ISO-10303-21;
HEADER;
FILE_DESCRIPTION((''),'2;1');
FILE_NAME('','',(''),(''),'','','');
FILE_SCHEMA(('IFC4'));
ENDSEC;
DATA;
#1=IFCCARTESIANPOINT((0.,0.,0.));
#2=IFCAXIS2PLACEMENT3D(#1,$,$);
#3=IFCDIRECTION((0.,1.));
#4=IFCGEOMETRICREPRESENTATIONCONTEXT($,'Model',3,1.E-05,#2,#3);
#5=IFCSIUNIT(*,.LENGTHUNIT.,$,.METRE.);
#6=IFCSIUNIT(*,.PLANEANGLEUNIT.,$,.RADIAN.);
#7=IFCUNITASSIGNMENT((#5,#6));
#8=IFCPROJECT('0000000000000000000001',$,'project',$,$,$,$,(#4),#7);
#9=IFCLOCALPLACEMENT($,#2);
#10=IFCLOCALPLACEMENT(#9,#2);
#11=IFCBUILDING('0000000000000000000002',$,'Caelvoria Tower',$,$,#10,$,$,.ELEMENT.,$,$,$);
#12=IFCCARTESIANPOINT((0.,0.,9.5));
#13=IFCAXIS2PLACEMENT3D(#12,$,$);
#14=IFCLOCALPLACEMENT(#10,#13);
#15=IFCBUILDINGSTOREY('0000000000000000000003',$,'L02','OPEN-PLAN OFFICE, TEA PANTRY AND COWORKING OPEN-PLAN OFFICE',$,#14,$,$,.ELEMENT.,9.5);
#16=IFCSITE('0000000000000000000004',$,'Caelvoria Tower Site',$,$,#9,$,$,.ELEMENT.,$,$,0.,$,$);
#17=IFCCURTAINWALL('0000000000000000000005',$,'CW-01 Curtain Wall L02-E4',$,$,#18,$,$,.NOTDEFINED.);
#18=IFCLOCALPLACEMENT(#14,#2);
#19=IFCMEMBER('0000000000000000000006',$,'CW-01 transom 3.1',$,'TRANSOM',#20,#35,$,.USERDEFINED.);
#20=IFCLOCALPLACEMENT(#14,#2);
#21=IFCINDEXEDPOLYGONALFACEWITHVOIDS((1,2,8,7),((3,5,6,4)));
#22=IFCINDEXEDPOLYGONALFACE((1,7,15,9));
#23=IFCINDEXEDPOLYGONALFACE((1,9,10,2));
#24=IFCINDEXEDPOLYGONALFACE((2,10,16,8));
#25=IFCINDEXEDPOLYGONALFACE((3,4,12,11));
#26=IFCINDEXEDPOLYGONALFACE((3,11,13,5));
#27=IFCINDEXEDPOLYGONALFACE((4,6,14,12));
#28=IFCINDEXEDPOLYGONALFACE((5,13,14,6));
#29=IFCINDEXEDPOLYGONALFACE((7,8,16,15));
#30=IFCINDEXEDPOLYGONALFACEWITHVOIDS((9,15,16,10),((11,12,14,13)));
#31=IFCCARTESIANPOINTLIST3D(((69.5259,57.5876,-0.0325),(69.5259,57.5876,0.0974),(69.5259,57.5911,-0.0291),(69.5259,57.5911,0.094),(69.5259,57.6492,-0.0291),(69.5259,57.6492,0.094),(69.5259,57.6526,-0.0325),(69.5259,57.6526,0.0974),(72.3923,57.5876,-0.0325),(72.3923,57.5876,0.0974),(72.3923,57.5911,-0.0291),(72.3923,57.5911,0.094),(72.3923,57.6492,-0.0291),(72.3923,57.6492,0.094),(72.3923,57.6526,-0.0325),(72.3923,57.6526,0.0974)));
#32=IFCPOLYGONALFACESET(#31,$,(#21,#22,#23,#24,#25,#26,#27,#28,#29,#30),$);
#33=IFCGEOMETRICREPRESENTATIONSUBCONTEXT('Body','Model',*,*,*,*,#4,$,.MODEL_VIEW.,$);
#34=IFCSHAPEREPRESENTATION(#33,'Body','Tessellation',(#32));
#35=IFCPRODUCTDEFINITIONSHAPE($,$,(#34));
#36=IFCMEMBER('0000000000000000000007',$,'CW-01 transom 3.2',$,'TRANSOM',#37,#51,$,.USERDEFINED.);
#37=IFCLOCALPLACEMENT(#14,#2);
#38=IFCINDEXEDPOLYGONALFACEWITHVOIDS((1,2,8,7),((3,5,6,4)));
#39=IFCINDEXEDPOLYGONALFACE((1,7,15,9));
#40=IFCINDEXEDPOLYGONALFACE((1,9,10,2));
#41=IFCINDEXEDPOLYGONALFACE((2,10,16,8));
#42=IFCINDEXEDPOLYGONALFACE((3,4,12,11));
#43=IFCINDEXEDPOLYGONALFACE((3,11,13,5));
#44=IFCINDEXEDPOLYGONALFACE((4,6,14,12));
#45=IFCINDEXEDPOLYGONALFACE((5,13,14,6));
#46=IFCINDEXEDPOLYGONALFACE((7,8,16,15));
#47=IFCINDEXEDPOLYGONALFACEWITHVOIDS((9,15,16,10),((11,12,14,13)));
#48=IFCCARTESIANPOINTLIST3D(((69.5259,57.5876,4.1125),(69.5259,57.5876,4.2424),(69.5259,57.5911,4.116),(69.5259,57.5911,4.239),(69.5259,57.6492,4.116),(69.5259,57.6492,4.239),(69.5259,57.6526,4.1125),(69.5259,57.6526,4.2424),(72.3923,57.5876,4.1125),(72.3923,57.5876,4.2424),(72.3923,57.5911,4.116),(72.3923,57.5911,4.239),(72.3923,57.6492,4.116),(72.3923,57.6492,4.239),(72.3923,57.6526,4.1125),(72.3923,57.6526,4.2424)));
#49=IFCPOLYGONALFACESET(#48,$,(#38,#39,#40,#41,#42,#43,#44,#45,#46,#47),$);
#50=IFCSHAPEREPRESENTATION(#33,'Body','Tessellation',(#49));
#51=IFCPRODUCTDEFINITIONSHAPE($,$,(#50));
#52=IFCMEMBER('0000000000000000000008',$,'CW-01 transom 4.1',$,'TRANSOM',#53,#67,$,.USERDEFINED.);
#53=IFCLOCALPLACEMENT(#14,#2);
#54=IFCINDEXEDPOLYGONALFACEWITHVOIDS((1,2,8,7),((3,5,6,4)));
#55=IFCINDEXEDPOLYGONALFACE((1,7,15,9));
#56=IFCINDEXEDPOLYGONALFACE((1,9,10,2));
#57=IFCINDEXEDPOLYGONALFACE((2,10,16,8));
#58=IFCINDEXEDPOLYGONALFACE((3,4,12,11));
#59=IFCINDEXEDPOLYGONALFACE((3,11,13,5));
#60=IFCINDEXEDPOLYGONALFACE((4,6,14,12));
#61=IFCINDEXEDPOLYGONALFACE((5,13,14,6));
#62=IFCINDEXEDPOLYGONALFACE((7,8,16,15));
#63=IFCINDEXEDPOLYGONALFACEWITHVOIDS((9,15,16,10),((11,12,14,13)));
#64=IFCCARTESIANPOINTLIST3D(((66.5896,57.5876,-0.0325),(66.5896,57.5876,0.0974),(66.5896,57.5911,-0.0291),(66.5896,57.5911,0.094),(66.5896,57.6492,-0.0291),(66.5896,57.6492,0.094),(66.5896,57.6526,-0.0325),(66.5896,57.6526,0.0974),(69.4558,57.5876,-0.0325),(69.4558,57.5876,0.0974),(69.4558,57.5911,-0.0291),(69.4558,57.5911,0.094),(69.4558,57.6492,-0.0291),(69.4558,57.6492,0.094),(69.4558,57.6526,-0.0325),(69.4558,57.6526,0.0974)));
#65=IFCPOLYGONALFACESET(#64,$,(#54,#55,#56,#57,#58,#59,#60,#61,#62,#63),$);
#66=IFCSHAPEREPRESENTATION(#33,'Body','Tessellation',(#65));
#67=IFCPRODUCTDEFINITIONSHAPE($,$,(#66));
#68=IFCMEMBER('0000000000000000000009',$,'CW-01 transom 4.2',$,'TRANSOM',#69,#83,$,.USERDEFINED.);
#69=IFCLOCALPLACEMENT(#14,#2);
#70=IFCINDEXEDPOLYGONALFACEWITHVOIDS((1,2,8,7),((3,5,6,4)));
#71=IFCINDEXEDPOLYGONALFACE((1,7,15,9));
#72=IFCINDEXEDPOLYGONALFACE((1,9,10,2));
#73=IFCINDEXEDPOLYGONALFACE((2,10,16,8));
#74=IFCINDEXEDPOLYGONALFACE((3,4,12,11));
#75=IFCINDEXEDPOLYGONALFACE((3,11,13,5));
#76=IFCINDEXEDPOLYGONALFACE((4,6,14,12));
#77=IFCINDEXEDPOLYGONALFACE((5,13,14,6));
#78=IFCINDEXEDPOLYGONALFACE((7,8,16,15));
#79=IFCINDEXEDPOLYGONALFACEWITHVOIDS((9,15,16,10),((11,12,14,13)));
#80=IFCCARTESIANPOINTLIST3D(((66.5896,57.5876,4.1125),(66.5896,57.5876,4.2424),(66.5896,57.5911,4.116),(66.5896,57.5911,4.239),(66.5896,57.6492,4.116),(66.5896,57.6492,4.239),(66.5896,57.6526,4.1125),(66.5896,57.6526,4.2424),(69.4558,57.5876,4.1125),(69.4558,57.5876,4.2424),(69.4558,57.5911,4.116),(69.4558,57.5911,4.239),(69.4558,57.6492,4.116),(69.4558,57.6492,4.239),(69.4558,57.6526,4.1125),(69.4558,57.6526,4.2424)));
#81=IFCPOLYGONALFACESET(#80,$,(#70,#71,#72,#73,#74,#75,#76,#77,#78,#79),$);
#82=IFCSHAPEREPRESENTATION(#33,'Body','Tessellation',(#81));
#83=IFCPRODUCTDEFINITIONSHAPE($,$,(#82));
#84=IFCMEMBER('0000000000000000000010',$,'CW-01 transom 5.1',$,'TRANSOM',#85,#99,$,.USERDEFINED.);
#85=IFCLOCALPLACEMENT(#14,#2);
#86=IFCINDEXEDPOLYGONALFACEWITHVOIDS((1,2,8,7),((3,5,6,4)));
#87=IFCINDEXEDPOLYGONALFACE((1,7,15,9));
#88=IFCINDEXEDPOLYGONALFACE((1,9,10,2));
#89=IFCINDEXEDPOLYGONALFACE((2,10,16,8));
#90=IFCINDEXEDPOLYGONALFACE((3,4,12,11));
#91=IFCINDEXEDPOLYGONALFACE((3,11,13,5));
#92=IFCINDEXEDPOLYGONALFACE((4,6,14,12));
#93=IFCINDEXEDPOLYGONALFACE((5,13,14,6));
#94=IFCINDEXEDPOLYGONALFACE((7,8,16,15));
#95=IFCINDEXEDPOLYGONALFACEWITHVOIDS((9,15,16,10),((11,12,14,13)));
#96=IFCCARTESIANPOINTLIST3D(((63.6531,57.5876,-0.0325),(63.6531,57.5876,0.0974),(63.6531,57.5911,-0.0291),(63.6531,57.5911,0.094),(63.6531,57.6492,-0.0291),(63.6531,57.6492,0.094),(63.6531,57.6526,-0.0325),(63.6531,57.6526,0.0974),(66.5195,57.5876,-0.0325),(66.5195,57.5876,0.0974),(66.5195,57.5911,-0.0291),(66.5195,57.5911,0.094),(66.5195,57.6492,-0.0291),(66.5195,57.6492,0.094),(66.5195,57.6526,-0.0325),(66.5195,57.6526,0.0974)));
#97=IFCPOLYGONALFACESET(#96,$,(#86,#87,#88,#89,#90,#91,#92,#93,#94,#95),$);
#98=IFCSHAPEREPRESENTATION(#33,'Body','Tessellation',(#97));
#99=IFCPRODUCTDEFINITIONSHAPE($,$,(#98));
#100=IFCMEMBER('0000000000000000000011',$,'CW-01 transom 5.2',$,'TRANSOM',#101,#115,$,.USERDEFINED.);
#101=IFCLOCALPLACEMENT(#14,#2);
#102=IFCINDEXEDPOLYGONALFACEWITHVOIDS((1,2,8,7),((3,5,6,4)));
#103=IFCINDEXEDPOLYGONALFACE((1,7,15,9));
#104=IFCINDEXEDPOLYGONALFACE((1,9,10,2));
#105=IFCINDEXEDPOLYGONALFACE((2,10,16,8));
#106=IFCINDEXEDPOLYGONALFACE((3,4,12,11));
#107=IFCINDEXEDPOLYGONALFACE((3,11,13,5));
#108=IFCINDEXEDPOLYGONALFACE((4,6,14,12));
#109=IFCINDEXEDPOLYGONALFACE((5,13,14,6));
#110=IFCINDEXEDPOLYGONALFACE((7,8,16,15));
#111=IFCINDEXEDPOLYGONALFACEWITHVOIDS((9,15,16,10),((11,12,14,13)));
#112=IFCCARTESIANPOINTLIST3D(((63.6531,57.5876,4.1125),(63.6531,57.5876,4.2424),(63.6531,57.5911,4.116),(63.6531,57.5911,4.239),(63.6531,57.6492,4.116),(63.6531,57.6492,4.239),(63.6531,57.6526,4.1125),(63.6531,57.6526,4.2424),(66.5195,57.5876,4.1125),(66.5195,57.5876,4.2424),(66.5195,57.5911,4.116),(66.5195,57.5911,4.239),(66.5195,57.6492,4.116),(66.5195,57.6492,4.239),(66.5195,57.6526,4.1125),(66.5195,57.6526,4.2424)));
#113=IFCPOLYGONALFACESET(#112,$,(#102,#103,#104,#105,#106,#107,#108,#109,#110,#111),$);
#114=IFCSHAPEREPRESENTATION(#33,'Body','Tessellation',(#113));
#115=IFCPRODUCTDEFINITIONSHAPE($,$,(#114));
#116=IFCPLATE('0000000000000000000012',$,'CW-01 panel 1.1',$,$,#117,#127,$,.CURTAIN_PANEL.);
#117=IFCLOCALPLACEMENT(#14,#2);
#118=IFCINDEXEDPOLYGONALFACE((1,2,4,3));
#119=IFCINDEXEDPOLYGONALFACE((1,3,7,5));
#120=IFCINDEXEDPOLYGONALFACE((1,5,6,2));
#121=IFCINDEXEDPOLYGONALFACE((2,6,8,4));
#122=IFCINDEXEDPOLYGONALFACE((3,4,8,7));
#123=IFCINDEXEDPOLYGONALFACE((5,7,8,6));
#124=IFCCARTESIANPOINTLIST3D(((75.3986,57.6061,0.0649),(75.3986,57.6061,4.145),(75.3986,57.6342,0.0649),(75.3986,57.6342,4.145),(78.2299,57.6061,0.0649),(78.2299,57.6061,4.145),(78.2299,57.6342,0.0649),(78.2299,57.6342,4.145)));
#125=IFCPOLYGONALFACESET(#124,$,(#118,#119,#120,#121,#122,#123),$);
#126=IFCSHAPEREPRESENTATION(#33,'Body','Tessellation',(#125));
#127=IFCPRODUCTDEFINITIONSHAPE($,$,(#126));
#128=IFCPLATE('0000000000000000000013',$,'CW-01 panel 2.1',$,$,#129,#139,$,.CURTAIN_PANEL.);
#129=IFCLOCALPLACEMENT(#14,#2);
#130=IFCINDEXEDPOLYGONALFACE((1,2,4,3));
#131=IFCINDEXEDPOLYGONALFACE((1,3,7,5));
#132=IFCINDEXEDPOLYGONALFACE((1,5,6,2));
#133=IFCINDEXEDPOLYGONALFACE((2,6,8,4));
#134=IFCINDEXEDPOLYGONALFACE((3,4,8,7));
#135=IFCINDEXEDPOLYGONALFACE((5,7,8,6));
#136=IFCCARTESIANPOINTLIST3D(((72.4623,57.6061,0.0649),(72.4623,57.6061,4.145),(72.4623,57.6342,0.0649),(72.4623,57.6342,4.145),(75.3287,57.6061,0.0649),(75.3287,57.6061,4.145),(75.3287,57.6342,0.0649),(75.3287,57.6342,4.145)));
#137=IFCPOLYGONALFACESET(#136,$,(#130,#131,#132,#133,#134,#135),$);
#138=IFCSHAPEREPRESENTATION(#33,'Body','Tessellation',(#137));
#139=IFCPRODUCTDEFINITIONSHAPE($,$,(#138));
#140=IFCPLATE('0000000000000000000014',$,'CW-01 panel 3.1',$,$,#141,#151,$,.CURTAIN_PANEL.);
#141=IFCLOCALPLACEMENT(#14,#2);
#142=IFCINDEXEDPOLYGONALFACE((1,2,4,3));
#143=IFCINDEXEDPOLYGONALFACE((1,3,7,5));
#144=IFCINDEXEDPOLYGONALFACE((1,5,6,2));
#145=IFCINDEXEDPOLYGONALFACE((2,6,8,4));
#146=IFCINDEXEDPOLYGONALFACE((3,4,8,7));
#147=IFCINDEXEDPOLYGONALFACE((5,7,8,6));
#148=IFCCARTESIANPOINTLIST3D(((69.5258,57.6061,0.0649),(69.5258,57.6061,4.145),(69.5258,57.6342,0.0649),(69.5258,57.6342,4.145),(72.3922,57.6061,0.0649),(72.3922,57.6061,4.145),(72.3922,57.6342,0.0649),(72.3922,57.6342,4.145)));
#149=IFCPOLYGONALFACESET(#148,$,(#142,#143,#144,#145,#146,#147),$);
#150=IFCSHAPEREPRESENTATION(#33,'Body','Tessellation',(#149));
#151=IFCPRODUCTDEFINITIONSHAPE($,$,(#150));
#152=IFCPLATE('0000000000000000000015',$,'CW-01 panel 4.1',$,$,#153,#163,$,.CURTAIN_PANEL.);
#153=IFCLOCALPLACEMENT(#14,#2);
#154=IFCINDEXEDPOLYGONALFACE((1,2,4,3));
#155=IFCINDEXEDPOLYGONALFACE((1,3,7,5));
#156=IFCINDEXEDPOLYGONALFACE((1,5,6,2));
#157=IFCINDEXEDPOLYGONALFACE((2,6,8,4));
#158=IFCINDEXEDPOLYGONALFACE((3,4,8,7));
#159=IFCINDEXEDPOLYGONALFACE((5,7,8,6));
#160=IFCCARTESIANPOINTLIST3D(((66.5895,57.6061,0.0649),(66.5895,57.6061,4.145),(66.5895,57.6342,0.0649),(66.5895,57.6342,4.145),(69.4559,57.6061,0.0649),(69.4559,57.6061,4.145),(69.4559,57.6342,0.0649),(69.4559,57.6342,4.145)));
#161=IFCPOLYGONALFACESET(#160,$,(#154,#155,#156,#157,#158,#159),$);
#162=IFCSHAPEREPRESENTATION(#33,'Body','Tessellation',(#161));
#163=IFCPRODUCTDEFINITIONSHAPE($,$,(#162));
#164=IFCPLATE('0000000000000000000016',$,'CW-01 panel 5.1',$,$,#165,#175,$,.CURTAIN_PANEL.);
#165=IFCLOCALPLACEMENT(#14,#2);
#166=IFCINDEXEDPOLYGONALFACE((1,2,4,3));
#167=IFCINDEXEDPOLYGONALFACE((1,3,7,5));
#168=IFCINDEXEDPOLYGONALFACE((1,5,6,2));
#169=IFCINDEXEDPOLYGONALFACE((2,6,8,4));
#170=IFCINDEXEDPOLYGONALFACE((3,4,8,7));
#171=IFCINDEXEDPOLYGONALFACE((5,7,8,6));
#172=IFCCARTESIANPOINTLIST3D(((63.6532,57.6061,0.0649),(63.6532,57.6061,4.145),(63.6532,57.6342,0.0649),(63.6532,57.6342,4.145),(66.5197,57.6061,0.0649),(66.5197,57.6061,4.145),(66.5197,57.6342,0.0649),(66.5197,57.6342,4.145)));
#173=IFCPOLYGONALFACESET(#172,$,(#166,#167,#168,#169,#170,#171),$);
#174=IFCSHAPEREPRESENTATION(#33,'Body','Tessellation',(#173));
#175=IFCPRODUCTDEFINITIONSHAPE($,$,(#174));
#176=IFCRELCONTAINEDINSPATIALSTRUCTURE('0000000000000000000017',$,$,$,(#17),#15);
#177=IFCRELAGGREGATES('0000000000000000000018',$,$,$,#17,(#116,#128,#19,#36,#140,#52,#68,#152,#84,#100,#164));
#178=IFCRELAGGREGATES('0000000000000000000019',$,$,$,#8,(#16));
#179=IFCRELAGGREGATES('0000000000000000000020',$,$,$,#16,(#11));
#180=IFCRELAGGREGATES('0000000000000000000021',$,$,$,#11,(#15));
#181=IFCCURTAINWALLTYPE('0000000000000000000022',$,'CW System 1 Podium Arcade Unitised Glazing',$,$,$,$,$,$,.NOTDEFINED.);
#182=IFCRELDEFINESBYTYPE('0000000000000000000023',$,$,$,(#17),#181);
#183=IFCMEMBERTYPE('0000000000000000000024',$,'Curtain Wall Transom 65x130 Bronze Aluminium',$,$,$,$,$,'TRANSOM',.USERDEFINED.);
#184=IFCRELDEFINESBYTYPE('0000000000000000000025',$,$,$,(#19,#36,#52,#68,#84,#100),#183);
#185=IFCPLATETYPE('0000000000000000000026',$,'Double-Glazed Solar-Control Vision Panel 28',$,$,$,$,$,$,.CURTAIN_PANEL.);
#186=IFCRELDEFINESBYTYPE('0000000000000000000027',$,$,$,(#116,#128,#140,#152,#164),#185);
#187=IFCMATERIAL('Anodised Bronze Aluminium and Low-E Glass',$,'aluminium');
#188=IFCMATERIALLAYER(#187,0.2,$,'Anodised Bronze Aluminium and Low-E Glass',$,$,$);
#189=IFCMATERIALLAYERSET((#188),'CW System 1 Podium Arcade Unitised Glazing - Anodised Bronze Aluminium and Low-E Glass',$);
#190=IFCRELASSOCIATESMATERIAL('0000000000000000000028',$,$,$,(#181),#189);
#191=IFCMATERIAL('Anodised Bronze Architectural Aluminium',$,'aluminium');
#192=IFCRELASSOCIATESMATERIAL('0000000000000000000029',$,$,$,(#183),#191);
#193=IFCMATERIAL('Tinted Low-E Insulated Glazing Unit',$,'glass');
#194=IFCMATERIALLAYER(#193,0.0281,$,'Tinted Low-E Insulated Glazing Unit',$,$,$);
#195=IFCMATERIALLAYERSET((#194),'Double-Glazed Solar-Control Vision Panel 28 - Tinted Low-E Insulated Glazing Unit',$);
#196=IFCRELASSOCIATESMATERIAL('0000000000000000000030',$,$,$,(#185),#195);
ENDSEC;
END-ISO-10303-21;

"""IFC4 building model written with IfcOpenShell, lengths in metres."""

from ifc_helpers import new_model, si_unit, direction, frame, origin, origin_2d, place, context, subcontext, project, spatial, rectangle, hollow_rectangle, extrude, material, layer, layer_set, material_profile, profile_set, type_object, element, aggregate, save


model = new_model("IFC4")

# Units and contexts
model_context = context("Model", 3, precision=1e-05, world=origin(), true_north=direction((0.0, 1.0)))
body_context = subcontext(model_context, "Body", "Model", "MODEL_VIEW")
ifc_project = project(units=[si_unit("LENGTHUNIT", "METRE"), si_unit("PLANEANGLEUNIT", "RADIAN")], contexts=[model_context])

# Site, building, storey
site_placement = place(None, origin())
site = spatial("IfcSite", under=ifc_project, at=site_placement, Name="Caelvoria Tower Site", CompositionType="ELEMENT", RefElevation=0.0)
building_placement = place(site_placement, origin())
building = spatial("IfcBuilding", under=site, at=building_placement, Name="Caelvoria Tower", CompositionType="ELEMENT")
storey_placement = place(building_placement, frame((0.0, 0.0, 9.5)))
storey = spatial("IfcBuildingStorey", under=building, at=storey_placement, Name="L02", Description="OPEN-PLAN OFFICE, TEA PANTRY AND COWORKING OPEN-PLAN OFFICE", CompositionType="ELEMENT", Elevation=9.5)

# Shared definitions
ifc_material_1 = material(Name="Anodised Bronze Aluminium and Low-E Glass", Category="aluminium")
ifc_layer_1 = layer(ifc_material_1, 0.2, Name="Anodised Bronze Aluminium and Low-E Glass")
ifc_layer_set_1 = layer_set([ifc_layer_1], Name="CW System 1 Podium Arcade Unitised Glazing - Anodised Bronze Aluminium and Low-E Glass")
curtain_wall_type = type_object("IfcCurtainWallType", Name="CW System 1 Podium Arcade Unitised Glazing", PredefinedType="NOTDEFINED", material=ifc_layer_set_1)
ifc_material_2 = material(Name="Anodised Bronze Architectural Aluminium", Category="aluminium")

# Curtain wall, members, plates
curtain_wall_1_placement = place(storey_placement, origin())
curtain_wall_1 = element("IfcCurtainWall", 1, at=curtain_wall_1_placement, inside=storey, type_object=curtain_wall_type, Name="CW-01 Curtain Wall L02-E4", PredefinedType="NOTDEFINED")
ifc_material_profile_1 = material_profile(ifc_material_2, hollow_rectangle(XDim=0.0649, YDim=0.1299, WallThickness=0.0034, at=origin_2d()), Name="Anodised Bronze Architectural Aluminium")
ifc_profile_set_1 = profile_set([ifc_material_profile_1], Name="CW_TRAN_65X130 - Anodised Bronze Architectural Aluminium")
member_type_1 = type_object("IfcMemberType", Name="Curtain Wall Transom 65x130 Bronze Aluminium", ElementType="TRANSOM", PredefinedType="USERDEFINED", material=ifc_profile_set_1)
member_1_placement = place(storey_placement, frame((72.3923, 57.6201, 0.0325), z_axis=(-1.0, 0.0, 0.0), x_axis=(0.0, -1.0, 0.0)))
member_1 = element("IfcMember", 2, at=member_1_placement, type_object=member_type_1, Name="CW-01 transom 3.1", ObjectType="TRANSOM", PredefinedType="USERDEFINED", context=body_context, shape_type="SweptSolid", body=[
    extrude(hollow_rectangle(XDim=0.0649, YDim=0.1299, WallThickness=0.0034, at=origin_2d()), origin(), (0.0, 0.0, 1.0), 2.8665),
])
member_2_placement = place(storey_placement, frame((72.3923, 57.6201, 4.1775), z_axis=(-1.0, 0.0, 0.0), x_axis=(0.0, -1.0, 0.0)))
member_2 = element("IfcMember", 3, at=member_2_placement, type_object=member_type_1, Name="CW-01 transom 3.2", ObjectType="TRANSOM", PredefinedType="USERDEFINED", context=body_context, shape_type="SweptSolid", body=[
    extrude(hollow_rectangle(XDim=0.0649, YDim=0.1299, WallThickness=0.0034, at=origin_2d()), origin(), (0.0, 0.0, 1.0), 2.8665),
])
member_3_placement = place(storey_placement, frame((69.4558, 57.6201, 0.0325), z_axis=(-1.0, 0.0, 0.0), x_axis=(0.0, -1.0, 0.0)))
member_3 = element("IfcMember", 4, at=member_3_placement, type_object=member_type_1, Name="CW-01 transom 4.1", ObjectType="TRANSOM", PredefinedType="USERDEFINED", context=body_context, shape_type="SweptSolid", body=[
    extrude(hollow_rectangle(XDim=0.0649, YDim=0.1299, WallThickness=0.0034, at=origin_2d()), origin(), (0.0, 0.0, 1.0), 2.8662),
])
member_4_placement = place(storey_placement, frame((69.4558, 57.6201, 4.1775), z_axis=(-1.0, 0.0, 0.0), x_axis=(0.0, -1.0, 0.0)))
member_4 = element("IfcMember", 5, at=member_4_placement, type_object=member_type_1, Name="CW-01 transom 4.2", ObjectType="TRANSOM", PredefinedType="USERDEFINED", context=body_context, shape_type="SweptSolid", body=[
    extrude(hollow_rectangle(XDim=0.0649, YDim=0.1299, WallThickness=0.0034, at=origin_2d()), origin(), (0.0, 0.0, 1.0), 2.8662),
])
member_5_placement = place(storey_placement, frame((66.5195, 57.6201, 0.0325), z_axis=(-1.0, 0.0, 0.0), x_axis=(0.0, -1.0, 0.0)))
member_5 = element("IfcMember", 6, at=member_5_placement, type_object=member_type_1, Name="CW-01 transom 5.1", ObjectType="TRANSOM", PredefinedType="USERDEFINED", context=body_context, shape_type="SweptSolid", body=[
    extrude(hollow_rectangle(XDim=0.0649, YDim=0.1299, WallThickness=0.0034, at=origin_2d()), origin(), (0.0, 0.0, 1.0), 2.8665),
])
member_6_placement = place(storey_placement, frame((66.5195, 57.6201, 4.1775), z_axis=(-1.0, 0.0, 0.0), x_axis=(0.0, -1.0, 0.0)))
member_6 = element("IfcMember", 7, at=member_6_placement, type_object=member_type_1, Name="CW-01 transom 5.2", ObjectType="TRANSOM", PredefinedType="USERDEFINED", context=body_context, shape_type="SweptSolid", body=[
    extrude(hollow_rectangle(XDim=0.0649, YDim=0.1299, WallThickness=0.0034, at=origin_2d()), origin(), (0.0, 0.0, 1.0), 2.8665),
])
ifc_material_3 = material(Name="Tinted Low-E Insulated Glazing Unit", Category="glass")
ifc_layer_2 = layer(ifc_material_3, 0.0281, Name="Tinted Low-E Insulated Glazing Unit")
ifc_layer_set_2 = layer_set([ifc_layer_2], Name="Double-Glazed Solar-Control Vision Panel 28 - Tinted Low-E Insulated Glazing Unit")
plate_type = type_object("IfcPlateType", Name="Double-Glazed Solar-Control Vision Panel 28", PredefinedType="CURTAIN_PANEL", material=ifc_layer_set_2)
plate_1_placement = place(storey_placement, frame((76.8142, 57.6201, 0.0649), z_axis=(0.0, 0.0, 1.0), x_axis=(-1.0, 0.0, 0.0)))
plate_1 = element("IfcPlate", 8, at=plate_1_placement, type_object=plate_type, Name="CW-01 panel 1.1", PredefinedType="CURTAIN_PANEL", context=body_context, shape_type="SweptSolid", body=[
    extrude(rectangle(XDim=2.8313, YDim=0.0281, at=origin_2d()), origin(), (0.0, 0.0, 1.0), 4.0801),
])
plate_2_placement = place(storey_placement, frame((73.8955, 57.6201, 0.0649), z_axis=(0.0, 0.0, 1.0), x_axis=(-1.0, 0.0, 0.0)))
plate_2 = element("IfcPlate", 9, at=plate_2_placement, type_object=plate_type, Name="CW-01 panel 2.1", PredefinedType="CURTAIN_PANEL", context=body_context, shape_type="SweptSolid", body=[
    extrude(rectangle(XDim=2.8665, YDim=0.0281, at=origin_2d()), origin(), (0.0, 0.0, 1.0), 4.0801),
])
plate_3_placement = place(storey_placement, frame((70.959, 57.6201, 0.0649), z_axis=(0.0, 0.0, 1.0), x_axis=(-1.0, 0.0, 0.0)))
plate_3 = element("IfcPlate", 10, at=plate_3_placement, type_object=plate_type, Name="CW-01 panel 3.1", PredefinedType="CURTAIN_PANEL", context=body_context, shape_type="SweptSolid", body=[
    extrude(rectangle(XDim=2.8665, YDim=0.0281, at=origin_2d()), origin(), (0.0, 0.0, 1.0), 4.0801),
])
plate_4_placement = place(storey_placement, frame((68.0227, 57.6201, 0.0649), z_axis=(0.0, 0.0, 1.0), x_axis=(-1.0, 0.0, 0.0)))
plate_4 = element("IfcPlate", 11, at=plate_4_placement, type_object=plate_type, Name="CW-01 panel 4.1", PredefinedType="CURTAIN_PANEL", context=body_context, shape_type="SweptSolid", body=[
    extrude(rectangle(XDim=2.8665, YDim=0.0281, at=origin_2d()), origin(), (0.0, 0.0, 1.0), 4.0801),
])
plate_5_placement = place(storey_placement, frame((65.0864, 57.6201, 0.0649), z_axis=(0.0, 0.0, 1.0), x_axis=(-1.0, 0.0, 0.0)))
plate_5 = element("IfcPlate", 12, at=plate_5_placement, type_object=plate_type, Name="CW-01 panel 5.1", PredefinedType="CURTAIN_PANEL", context=body_context, shape_type="SweptSolid", body=[
    extrude(rectangle(XDim=2.8665, YDim=0.0281, at=origin_2d()), origin(), (0.0, 0.0, 1.0), 4.0801),
])
aggregate(curtain_wall_1, [plate_1, plate_2, member_1, member_2, plate_3, member_3, member_4, plate_4, member_5, member_6, plate_5])

save(model, "model.ifc")
